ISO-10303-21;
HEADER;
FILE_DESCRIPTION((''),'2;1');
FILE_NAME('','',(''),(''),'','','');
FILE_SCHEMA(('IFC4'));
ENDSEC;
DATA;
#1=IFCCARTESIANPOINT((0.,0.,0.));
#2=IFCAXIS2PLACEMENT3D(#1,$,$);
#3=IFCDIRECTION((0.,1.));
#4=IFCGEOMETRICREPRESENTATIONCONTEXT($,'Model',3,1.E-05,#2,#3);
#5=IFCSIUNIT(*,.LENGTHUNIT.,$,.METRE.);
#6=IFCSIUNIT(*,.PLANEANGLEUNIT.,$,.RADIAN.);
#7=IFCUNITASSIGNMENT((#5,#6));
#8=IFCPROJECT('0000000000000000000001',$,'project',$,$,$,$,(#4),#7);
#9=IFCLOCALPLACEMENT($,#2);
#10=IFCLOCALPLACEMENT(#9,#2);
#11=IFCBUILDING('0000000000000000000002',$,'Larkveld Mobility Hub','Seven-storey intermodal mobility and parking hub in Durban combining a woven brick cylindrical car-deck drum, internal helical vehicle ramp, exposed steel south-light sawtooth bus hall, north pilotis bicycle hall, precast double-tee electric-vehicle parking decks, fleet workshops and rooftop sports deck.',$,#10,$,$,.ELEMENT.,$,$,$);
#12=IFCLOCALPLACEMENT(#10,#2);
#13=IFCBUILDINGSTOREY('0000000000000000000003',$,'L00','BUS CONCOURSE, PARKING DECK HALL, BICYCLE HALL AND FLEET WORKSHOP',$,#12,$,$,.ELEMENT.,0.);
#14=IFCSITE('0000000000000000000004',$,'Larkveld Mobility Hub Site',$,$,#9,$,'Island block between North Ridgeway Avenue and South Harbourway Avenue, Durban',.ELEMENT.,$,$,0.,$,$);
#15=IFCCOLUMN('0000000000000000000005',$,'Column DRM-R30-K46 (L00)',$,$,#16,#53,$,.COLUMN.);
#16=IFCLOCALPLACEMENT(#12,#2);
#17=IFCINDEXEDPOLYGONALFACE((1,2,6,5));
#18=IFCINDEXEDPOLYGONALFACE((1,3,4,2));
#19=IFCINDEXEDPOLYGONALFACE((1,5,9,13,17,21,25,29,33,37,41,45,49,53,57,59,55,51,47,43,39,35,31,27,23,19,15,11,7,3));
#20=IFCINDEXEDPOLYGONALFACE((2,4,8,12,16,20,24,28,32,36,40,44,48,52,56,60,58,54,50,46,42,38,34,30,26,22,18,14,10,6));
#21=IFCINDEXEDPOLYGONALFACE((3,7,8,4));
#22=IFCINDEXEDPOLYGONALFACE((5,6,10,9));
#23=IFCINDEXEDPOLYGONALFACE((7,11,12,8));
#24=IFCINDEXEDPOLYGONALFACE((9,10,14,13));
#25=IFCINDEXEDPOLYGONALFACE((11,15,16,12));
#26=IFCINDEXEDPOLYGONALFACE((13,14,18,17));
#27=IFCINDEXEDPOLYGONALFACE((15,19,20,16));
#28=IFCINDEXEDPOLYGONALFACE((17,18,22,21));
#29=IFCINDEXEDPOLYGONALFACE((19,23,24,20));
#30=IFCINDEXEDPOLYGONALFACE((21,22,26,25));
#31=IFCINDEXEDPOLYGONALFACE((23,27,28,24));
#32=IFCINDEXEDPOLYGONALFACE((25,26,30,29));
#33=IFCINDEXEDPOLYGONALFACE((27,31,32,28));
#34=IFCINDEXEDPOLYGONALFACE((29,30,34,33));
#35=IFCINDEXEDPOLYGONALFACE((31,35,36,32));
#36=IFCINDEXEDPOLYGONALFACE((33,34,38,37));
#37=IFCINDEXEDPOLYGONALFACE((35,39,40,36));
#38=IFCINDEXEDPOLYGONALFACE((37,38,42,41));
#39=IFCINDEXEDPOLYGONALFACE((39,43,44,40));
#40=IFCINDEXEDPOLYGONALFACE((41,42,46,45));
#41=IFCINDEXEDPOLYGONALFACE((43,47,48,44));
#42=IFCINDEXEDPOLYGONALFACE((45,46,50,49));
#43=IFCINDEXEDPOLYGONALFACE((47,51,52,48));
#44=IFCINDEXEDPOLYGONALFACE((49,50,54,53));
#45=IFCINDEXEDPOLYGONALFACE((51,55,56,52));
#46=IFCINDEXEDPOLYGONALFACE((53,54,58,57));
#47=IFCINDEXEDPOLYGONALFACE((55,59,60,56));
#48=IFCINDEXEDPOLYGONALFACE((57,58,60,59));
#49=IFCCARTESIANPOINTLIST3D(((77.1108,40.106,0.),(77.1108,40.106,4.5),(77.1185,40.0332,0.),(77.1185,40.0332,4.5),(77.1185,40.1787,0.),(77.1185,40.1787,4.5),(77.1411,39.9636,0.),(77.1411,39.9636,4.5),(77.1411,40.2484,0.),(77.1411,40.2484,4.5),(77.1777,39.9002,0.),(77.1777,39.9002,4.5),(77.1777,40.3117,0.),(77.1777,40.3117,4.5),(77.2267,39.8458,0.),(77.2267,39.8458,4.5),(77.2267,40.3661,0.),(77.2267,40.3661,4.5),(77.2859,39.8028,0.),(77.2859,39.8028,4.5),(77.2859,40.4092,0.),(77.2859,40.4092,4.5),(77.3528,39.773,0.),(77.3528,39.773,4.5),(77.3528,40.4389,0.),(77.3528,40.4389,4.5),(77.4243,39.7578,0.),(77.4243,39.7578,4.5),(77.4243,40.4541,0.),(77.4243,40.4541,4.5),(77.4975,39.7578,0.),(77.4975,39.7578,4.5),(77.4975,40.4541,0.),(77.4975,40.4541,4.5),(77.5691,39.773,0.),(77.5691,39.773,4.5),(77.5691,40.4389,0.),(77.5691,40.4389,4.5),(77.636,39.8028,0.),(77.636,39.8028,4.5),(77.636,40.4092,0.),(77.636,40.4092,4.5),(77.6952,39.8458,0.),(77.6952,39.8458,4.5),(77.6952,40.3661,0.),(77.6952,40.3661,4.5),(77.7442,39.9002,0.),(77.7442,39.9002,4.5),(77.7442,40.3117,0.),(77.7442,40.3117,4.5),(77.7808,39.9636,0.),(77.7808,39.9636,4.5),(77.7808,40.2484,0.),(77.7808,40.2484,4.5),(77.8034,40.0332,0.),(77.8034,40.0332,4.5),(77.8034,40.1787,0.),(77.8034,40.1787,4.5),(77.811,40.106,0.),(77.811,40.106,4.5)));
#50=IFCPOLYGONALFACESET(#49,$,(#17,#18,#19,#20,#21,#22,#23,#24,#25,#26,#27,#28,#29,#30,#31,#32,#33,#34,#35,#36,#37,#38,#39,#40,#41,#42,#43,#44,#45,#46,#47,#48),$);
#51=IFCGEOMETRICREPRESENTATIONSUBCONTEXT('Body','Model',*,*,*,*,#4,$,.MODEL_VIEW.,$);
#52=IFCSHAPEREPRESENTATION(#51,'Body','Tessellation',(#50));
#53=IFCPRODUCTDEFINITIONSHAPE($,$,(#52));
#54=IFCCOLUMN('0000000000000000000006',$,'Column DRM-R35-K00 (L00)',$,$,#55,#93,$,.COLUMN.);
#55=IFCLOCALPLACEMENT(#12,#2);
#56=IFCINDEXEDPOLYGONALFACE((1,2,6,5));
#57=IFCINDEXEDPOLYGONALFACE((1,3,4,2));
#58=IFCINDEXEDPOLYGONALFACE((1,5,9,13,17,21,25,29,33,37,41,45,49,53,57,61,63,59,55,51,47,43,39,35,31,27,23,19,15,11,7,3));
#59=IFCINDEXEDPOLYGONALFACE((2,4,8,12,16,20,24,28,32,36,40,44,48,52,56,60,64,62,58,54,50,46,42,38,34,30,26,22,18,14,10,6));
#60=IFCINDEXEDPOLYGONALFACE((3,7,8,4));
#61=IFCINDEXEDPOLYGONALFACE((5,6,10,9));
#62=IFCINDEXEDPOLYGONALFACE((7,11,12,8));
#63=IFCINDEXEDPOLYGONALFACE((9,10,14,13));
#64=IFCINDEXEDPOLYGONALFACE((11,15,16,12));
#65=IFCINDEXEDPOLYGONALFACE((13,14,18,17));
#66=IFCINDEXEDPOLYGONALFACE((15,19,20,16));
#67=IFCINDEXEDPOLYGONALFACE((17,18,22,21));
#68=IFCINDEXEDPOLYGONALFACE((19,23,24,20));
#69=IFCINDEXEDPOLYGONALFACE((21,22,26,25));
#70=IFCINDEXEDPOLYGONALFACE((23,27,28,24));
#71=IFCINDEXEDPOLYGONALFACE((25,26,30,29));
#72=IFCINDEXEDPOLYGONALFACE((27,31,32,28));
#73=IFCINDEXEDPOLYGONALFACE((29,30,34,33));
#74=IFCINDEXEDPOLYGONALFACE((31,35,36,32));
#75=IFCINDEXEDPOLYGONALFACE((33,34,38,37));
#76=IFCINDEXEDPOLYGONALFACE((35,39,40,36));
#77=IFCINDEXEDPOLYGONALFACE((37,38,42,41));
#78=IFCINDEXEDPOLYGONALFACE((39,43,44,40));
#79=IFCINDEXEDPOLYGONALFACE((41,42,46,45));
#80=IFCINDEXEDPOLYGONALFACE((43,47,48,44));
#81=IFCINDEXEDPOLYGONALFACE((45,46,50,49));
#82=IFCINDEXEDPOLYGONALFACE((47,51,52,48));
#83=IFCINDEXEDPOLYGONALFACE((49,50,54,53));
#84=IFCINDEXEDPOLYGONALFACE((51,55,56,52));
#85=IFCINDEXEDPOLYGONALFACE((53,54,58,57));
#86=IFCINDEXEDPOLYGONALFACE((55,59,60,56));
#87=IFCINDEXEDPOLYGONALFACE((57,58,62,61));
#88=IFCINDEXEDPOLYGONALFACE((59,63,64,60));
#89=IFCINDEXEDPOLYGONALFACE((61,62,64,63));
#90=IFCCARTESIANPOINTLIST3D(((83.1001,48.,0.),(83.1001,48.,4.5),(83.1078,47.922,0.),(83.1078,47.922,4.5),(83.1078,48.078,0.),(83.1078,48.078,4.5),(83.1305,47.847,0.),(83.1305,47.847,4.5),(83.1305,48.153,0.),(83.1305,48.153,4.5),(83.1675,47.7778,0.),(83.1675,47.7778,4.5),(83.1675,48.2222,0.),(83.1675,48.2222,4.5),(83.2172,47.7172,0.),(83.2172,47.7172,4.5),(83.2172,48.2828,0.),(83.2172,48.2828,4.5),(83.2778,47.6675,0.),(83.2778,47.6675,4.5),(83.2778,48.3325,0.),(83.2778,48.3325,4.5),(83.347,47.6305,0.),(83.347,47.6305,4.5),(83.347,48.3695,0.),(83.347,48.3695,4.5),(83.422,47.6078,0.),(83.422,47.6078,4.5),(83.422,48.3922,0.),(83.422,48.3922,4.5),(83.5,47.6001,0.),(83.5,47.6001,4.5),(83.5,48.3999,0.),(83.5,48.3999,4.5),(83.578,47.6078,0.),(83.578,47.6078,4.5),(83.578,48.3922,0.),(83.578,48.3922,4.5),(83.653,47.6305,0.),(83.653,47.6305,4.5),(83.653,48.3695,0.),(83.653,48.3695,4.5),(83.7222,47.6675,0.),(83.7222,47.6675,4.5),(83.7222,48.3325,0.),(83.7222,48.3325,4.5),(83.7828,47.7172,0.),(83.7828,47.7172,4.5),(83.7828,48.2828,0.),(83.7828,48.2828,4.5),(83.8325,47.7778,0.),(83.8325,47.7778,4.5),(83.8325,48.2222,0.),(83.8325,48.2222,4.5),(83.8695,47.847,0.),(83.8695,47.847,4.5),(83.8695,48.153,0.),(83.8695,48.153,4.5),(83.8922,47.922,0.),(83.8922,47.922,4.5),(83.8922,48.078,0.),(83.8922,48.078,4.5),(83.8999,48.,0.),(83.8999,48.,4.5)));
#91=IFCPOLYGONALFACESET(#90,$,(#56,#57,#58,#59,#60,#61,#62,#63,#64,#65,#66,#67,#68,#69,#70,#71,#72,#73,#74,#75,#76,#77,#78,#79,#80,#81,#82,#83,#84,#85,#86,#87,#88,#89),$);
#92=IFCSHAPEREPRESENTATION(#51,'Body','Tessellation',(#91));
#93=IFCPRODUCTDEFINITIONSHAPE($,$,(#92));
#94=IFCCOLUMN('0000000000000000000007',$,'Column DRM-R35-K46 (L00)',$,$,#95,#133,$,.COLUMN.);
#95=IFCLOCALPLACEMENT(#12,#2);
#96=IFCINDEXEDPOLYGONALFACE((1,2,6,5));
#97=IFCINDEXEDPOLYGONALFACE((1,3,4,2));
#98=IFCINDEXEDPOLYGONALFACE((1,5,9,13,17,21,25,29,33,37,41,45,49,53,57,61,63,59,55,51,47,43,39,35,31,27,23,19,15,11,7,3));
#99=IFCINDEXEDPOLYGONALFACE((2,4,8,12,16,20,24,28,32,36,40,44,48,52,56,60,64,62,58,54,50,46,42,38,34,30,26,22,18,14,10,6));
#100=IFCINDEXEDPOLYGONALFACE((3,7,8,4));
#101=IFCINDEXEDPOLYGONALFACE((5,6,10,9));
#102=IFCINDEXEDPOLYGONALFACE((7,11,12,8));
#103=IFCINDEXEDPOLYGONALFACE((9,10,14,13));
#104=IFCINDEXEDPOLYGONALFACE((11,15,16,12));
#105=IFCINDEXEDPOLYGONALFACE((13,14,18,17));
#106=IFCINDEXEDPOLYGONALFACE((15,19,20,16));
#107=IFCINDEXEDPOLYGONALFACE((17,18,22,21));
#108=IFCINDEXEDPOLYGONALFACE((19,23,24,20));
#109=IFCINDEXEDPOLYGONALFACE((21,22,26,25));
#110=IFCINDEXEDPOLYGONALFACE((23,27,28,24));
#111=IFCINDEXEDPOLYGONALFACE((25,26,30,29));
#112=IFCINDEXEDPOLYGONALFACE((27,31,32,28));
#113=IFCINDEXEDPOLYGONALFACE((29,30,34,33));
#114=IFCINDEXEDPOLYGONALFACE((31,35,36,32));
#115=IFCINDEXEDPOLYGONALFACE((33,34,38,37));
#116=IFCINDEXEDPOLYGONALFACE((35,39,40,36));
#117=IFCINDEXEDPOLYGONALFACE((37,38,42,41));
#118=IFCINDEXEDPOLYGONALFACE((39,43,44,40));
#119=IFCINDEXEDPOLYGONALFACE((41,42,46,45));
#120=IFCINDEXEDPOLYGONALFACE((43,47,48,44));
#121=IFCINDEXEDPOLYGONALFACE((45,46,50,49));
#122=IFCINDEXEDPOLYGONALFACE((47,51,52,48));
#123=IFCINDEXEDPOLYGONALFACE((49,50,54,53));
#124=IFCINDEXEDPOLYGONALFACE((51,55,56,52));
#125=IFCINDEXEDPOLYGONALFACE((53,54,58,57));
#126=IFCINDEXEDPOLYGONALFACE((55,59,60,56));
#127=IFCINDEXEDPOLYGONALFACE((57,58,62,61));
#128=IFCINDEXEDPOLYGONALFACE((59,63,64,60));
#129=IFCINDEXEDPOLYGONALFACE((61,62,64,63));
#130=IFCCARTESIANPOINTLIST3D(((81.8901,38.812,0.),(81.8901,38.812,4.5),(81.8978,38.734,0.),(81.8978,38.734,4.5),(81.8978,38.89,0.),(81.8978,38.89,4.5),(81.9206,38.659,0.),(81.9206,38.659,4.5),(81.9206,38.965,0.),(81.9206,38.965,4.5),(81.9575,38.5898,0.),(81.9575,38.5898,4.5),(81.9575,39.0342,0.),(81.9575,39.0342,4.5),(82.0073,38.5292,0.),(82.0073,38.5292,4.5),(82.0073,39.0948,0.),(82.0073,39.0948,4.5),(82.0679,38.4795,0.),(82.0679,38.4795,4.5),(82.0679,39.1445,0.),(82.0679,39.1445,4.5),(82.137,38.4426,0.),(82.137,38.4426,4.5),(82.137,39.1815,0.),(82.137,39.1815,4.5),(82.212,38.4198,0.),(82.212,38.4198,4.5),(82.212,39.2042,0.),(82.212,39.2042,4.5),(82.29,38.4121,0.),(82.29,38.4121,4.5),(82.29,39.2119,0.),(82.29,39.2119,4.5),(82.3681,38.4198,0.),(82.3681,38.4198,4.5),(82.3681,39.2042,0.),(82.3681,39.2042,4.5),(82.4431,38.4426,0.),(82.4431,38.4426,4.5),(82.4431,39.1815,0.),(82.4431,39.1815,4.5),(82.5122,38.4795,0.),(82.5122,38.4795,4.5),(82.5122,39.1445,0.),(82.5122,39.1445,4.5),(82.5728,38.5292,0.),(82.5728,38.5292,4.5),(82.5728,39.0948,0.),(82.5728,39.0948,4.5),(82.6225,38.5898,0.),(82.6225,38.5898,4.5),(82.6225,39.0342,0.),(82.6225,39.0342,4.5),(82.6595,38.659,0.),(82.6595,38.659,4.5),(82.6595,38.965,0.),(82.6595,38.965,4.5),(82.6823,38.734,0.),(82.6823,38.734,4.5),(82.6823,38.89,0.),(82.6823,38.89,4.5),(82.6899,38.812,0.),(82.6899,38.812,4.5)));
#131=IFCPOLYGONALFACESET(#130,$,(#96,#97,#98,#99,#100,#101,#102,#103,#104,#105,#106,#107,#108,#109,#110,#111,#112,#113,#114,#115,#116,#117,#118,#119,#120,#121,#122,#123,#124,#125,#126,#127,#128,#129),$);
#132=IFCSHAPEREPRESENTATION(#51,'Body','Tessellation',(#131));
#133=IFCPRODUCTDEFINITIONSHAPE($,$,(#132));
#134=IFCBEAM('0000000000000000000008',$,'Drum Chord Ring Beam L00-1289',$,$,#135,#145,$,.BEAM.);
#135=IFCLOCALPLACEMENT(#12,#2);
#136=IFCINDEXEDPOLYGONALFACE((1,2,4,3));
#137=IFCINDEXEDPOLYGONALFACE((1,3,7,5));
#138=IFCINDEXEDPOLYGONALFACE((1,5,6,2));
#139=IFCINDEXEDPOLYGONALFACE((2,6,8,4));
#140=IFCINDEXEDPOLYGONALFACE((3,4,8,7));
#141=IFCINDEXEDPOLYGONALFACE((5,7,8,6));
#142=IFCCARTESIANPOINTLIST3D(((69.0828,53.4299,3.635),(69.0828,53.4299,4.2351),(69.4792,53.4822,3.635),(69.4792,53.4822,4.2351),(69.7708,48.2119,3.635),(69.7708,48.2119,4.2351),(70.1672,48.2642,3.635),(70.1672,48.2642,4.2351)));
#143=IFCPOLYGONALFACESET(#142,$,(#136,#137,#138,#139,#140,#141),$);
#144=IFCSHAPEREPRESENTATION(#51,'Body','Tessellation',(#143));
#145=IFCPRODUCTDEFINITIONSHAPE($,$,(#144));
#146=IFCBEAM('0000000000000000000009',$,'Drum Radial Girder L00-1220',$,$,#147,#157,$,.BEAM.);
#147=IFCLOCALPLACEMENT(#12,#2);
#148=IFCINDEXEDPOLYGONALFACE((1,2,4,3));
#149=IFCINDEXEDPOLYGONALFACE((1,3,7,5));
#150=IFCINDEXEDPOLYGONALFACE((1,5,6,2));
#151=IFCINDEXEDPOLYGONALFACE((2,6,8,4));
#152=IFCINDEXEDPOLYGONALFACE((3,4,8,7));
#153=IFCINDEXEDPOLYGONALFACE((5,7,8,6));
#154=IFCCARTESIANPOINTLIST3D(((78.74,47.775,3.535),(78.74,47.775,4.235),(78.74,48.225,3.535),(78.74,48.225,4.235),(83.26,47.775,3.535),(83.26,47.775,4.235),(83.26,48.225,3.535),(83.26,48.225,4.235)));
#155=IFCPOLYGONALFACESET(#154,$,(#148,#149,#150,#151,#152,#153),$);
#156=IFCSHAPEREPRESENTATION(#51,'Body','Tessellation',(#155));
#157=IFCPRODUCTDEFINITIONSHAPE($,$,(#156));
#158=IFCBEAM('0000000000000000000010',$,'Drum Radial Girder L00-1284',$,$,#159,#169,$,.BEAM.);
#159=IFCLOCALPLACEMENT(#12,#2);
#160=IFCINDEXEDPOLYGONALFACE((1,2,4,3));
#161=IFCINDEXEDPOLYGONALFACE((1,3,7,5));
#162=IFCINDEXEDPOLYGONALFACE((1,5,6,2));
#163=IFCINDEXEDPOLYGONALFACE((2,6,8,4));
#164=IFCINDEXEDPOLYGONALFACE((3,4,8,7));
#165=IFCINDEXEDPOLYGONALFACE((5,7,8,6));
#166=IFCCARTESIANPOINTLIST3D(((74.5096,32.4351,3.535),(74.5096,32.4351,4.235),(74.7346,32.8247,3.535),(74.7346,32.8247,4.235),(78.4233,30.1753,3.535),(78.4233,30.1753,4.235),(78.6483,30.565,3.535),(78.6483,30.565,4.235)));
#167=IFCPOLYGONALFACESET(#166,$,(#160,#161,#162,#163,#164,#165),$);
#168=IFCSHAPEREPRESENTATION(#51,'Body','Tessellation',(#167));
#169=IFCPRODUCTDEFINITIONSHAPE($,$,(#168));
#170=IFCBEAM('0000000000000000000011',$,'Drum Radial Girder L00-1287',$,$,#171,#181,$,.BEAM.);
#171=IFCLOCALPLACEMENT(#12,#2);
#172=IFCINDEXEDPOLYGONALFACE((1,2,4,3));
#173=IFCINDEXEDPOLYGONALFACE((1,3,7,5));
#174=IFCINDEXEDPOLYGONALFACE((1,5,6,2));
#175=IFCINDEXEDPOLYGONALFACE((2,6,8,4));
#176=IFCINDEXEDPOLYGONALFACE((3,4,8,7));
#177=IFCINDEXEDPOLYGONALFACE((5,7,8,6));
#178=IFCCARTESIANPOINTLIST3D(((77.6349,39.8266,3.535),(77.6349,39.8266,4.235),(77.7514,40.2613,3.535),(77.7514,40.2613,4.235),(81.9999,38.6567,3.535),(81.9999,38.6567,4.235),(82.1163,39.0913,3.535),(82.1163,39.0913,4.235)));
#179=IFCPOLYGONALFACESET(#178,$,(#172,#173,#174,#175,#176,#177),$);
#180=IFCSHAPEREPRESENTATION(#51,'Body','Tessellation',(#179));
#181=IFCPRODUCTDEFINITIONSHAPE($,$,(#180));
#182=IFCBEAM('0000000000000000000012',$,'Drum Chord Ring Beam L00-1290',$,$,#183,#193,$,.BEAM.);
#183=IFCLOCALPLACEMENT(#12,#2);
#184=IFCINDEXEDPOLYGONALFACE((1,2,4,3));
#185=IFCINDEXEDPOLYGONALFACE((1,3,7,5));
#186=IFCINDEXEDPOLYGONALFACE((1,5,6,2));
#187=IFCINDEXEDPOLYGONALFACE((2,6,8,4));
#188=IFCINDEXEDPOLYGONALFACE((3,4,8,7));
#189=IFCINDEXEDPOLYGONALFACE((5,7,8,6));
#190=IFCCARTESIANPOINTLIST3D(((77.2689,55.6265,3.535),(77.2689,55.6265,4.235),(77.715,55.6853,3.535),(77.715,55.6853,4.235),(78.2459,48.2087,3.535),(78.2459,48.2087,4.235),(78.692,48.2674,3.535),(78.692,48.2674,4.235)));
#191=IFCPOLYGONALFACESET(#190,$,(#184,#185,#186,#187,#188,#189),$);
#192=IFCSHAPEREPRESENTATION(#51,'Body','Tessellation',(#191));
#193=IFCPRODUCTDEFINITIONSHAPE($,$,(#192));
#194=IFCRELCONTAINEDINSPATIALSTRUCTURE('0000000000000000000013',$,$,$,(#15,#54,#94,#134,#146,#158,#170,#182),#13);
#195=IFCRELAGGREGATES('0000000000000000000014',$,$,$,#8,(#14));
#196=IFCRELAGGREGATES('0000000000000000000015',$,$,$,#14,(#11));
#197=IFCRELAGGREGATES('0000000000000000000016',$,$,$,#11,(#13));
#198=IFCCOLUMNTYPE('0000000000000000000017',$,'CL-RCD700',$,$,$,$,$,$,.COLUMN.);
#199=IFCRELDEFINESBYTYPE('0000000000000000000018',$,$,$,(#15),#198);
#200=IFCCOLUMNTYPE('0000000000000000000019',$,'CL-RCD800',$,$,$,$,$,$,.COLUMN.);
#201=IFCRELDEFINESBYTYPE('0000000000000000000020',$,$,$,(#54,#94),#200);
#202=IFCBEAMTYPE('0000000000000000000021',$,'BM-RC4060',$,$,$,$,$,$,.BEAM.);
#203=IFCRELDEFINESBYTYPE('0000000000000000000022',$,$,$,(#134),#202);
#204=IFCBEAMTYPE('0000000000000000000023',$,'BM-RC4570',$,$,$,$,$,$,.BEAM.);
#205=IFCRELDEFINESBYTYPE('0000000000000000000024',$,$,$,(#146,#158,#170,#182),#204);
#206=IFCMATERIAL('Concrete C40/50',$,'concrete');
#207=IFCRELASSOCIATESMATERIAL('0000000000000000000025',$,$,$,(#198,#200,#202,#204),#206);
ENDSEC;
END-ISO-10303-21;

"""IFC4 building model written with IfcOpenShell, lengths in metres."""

from ifc_helpers import new_model, si_unit, direction, frame, origin, origin_2d, place, context, subcontext, project, spatial, rectangle, circle, extrude, material, material_profile, profile_set, type_object, element, save


model = new_model("IFC4")

# Units and contexts
model_context = context("Model", 3, precision=1e-05, world=origin(), true_north=direction((0.0, 1.0)))
body_context = subcontext(model_context, "Body", "Model", "MODEL_VIEW")
ifc_project = project(units=[si_unit("LENGTHUNIT", "METRE"), si_unit("PLANEANGLEUNIT", "RADIAN")], contexts=[model_context])

# Site, building, storey
site_placement = place(None, origin())
site = spatial("IfcSite", under=ifc_project, at=site_placement, Name="Larkveld Mobility Hub Site", LongName="Island block between North Ridgeway Avenue and South Harbourway Avenue, Durban", CompositionType="ELEMENT", RefElevation=0.0)
building_placement = place(site_placement, origin())
building = spatial("IfcBuilding", under=site, at=building_placement, Name="Larkveld Mobility Hub", Description="Seven-storey intermodal mobility and parking hub in Durban combining a woven brick cylindrical car-deck drum, internal helical vehicle ramp, exposed steel south-light sawtooth bus hall, north pilotis bicycle hall, precast double-tee electric-vehicle parking decks, fleet workshops and rooftop sports deck.", CompositionType="ELEMENT")
storey_placement = place(building_placement, origin())
storey = spatial("IfcBuildingStorey", under=building, at=storey_placement, Name="L00", Description="BUS CONCOURSE, PARKING DECK HALL, BICYCLE HALL AND FLEET WORKSHOP", CompositionType="ELEMENT", Elevation=0.0)

# Columns
ifc_material_1 = material(Name="Concrete C40/50", Category="concrete")
ifc_material_profile_1 = material_profile(ifc_material_1, circle(Radius=0.3501, at=origin_2d()), Name="RC COL D700")
ifc_profile_set_1 = profile_set([ifc_material_profile_1], Name="Concrete C40/50")
column_type_1 = type_object("IfcColumnType", Name="CL-RCD700", PredefinedType="COLUMN", material=ifc_profile_set_1)
for number, where, z_axis, x_axis, name in (
    (1, (77.4609, 40.106, 0.0), (0.0, 0.0, 1.0), (1.0, 0.0, 0.0), "Column DRM-R30-K46 (L00)"),
):
    element("IfcColumn", number, at=place(storey_placement, frame(where, z_axis=z_axis, x_axis=x_axis)), inside=storey, type_object=column_type_1, Name=name, PredefinedType="COLUMN", context=body_context, shape_type="SweptSolid", body=[
        extrude(circle(Radius=0.3501, at=origin_2d()), origin(), (0.0, 0.0, 1.0), 4.5),
    ])
ifc_material_profile_2 = material_profile(ifc_material_1, circle(Radius=0.3999, at=origin_2d()), Name="RC COL D800")
ifc_profile_set_2 = profile_set([ifc_material_profile_2], Name="Concrete C40/50")
column_type_2 = type_object("IfcColumnType", Name="CL-RCD800", PredefinedType="COLUMN", material=ifc_profile_set_2)
for number, where, z_axis, x_axis, name in (
    (2, (83.5, 48.0, 0.0), (0.0, 0.0, 1.0), (1.0, 0.0, 0.0), "Column DRM-R35-K00 (L00)"),
    (3, (82.29, 38.812, 0.0), (0.0, 0.0, 1.0), (1.0, 0.0, 0.0), "Column DRM-R35-K46 (L00)"),
):
    element("IfcColumn", number, at=place(storey_placement, frame(where, z_axis=z_axis, x_axis=x_axis)), inside=storey, type_object=column_type_2, Name=name, PredefinedType="COLUMN", context=body_context, shape_type="SweptSolid", body=[
        extrude(circle(Radius=0.3999, at=origin_2d()), origin(), (0.0, 0.0, 1.0), 4.5),
    ])

# Beams
ifc_material_profile_3 = material_profile(ifc_material_1, rectangle(XDim=0.3999, YDim=0.6001, at=origin_2d()), Name="RC BM 400x600")
ifc_profile_set_3 = profile_set([ifc_material_profile_3], Name="Concrete C40/50")
beam_type_1 = type_object("IfcBeamType", Name="BM-RC4060", PredefinedType="BEAM", material=ifc_profile_set_3)
beam_1_placement = place(storey_placement, frame((69.969, 48.238, 3.9351), z_axis=(-0.130717, 0.99142, 0.0), x_axis=(-0.99142, -0.130717, 0.0)))
element("IfcBeam", 4, at=beam_1_placement, inside=storey, type_object=beam_type_1, Name="Drum Chord Ring Beam L00-1289", PredefinedType="BEAM", context=body_context, shape_type="SweptSolid", body=[
    extrude(rectangle(XDim=0.3999, YDim=0.6001, at=origin_2d()), origin(), (0.0, 0.0, 1.0), 5.2632),
])
ifc_material_profile_4 = material_profile(ifc_material_1, rectangle(XDim=0.45, YDim=0.7, at=origin_2d()), Name="RC BM 450x700")
ifc_profile_set_4 = profile_set([ifc_material_profile_4], Name="Concrete C40/50")
beam_type_2 = type_object("IfcBeamType", Name="BM-RC4570", PredefinedType="BEAM", material=ifc_profile_set_4)
beam_2_placement = place(storey_placement, frame((78.74, 48.0, 3.885), z_axis=(1.0, 0.0, 0.0), x_axis=(0.0, 1.0, 0.0)))
element("IfcBeam", 5, at=beam_2_placement, inside=storey, type_object=beam_type_2, Name="Drum Radial Girder L00-1220", PredefinedType="BEAM", context=body_context, shape_type="SweptSolid", body=[
    extrude(rectangle(XDim=0.45, YDim=0.7, at=origin_2d()), origin(), (0.0, 0.0, 1.0), 4.52),
])
beam_3_placement = place(storey_placement, frame((74.6221, 32.6299, 3.885), z_axis=(0.866014, -0.50002, 0.0), x_axis=(0.50002, 0.866014, 0.0)))
element("IfcBeam", 6, at=beam_3_placement, inside=storey, type_object=beam_type_2, Name="Drum Radial Girder L00-1284", PredefinedType="BEAM", context=body_context, shape_type="SweptSolid", body=[
    extrude(rectangle(XDim=0.45, YDim=0.7, at=origin_2d()), origin(), (0.0, 0.0, 1.0), 4.5193),
])
beam_4_placement = place(storey_placement, frame((77.6931, 40.0439, 3.885), z_axis=(0.965908, -0.258886, 0.0), x_axis=(0.258886, 0.965908, 0.0)))
element("IfcBeam", 7, at=beam_4_placement, inside=storey, type_object=beam_type_2, Name="Drum Radial Girder L00-1287", PredefinedType="BEAM", context=body_context, shape_type="SweptSolid", body=[
    extrude(rectangle(XDim=0.45, YDim=0.7, at=origin_2d()), origin(), (0.0, 0.0, 1.0), 4.519),
])
beam_5_placement = place(storey_placement, frame((78.469, 48.238, 3.885), z_axis=(-0.130586, 0.991437, 0.0), x_axis=(-0.991437, -0.130586, 0.0)))
element("IfcBeam", 8, at=beam_5_placement, inside=storey, type_object=beam_type_2, Name="Drum Chord Ring Beam L00-1290", PredefinedType="BEAM", context=body_context, shape_type="SweptSolid", body=[
    extrude(rectangle(XDim=0.45, YDim=0.7, at=origin_2d()), origin(), (0.0, 0.0, 1.0), 7.4819),
])

save(model, "model.ifc")
